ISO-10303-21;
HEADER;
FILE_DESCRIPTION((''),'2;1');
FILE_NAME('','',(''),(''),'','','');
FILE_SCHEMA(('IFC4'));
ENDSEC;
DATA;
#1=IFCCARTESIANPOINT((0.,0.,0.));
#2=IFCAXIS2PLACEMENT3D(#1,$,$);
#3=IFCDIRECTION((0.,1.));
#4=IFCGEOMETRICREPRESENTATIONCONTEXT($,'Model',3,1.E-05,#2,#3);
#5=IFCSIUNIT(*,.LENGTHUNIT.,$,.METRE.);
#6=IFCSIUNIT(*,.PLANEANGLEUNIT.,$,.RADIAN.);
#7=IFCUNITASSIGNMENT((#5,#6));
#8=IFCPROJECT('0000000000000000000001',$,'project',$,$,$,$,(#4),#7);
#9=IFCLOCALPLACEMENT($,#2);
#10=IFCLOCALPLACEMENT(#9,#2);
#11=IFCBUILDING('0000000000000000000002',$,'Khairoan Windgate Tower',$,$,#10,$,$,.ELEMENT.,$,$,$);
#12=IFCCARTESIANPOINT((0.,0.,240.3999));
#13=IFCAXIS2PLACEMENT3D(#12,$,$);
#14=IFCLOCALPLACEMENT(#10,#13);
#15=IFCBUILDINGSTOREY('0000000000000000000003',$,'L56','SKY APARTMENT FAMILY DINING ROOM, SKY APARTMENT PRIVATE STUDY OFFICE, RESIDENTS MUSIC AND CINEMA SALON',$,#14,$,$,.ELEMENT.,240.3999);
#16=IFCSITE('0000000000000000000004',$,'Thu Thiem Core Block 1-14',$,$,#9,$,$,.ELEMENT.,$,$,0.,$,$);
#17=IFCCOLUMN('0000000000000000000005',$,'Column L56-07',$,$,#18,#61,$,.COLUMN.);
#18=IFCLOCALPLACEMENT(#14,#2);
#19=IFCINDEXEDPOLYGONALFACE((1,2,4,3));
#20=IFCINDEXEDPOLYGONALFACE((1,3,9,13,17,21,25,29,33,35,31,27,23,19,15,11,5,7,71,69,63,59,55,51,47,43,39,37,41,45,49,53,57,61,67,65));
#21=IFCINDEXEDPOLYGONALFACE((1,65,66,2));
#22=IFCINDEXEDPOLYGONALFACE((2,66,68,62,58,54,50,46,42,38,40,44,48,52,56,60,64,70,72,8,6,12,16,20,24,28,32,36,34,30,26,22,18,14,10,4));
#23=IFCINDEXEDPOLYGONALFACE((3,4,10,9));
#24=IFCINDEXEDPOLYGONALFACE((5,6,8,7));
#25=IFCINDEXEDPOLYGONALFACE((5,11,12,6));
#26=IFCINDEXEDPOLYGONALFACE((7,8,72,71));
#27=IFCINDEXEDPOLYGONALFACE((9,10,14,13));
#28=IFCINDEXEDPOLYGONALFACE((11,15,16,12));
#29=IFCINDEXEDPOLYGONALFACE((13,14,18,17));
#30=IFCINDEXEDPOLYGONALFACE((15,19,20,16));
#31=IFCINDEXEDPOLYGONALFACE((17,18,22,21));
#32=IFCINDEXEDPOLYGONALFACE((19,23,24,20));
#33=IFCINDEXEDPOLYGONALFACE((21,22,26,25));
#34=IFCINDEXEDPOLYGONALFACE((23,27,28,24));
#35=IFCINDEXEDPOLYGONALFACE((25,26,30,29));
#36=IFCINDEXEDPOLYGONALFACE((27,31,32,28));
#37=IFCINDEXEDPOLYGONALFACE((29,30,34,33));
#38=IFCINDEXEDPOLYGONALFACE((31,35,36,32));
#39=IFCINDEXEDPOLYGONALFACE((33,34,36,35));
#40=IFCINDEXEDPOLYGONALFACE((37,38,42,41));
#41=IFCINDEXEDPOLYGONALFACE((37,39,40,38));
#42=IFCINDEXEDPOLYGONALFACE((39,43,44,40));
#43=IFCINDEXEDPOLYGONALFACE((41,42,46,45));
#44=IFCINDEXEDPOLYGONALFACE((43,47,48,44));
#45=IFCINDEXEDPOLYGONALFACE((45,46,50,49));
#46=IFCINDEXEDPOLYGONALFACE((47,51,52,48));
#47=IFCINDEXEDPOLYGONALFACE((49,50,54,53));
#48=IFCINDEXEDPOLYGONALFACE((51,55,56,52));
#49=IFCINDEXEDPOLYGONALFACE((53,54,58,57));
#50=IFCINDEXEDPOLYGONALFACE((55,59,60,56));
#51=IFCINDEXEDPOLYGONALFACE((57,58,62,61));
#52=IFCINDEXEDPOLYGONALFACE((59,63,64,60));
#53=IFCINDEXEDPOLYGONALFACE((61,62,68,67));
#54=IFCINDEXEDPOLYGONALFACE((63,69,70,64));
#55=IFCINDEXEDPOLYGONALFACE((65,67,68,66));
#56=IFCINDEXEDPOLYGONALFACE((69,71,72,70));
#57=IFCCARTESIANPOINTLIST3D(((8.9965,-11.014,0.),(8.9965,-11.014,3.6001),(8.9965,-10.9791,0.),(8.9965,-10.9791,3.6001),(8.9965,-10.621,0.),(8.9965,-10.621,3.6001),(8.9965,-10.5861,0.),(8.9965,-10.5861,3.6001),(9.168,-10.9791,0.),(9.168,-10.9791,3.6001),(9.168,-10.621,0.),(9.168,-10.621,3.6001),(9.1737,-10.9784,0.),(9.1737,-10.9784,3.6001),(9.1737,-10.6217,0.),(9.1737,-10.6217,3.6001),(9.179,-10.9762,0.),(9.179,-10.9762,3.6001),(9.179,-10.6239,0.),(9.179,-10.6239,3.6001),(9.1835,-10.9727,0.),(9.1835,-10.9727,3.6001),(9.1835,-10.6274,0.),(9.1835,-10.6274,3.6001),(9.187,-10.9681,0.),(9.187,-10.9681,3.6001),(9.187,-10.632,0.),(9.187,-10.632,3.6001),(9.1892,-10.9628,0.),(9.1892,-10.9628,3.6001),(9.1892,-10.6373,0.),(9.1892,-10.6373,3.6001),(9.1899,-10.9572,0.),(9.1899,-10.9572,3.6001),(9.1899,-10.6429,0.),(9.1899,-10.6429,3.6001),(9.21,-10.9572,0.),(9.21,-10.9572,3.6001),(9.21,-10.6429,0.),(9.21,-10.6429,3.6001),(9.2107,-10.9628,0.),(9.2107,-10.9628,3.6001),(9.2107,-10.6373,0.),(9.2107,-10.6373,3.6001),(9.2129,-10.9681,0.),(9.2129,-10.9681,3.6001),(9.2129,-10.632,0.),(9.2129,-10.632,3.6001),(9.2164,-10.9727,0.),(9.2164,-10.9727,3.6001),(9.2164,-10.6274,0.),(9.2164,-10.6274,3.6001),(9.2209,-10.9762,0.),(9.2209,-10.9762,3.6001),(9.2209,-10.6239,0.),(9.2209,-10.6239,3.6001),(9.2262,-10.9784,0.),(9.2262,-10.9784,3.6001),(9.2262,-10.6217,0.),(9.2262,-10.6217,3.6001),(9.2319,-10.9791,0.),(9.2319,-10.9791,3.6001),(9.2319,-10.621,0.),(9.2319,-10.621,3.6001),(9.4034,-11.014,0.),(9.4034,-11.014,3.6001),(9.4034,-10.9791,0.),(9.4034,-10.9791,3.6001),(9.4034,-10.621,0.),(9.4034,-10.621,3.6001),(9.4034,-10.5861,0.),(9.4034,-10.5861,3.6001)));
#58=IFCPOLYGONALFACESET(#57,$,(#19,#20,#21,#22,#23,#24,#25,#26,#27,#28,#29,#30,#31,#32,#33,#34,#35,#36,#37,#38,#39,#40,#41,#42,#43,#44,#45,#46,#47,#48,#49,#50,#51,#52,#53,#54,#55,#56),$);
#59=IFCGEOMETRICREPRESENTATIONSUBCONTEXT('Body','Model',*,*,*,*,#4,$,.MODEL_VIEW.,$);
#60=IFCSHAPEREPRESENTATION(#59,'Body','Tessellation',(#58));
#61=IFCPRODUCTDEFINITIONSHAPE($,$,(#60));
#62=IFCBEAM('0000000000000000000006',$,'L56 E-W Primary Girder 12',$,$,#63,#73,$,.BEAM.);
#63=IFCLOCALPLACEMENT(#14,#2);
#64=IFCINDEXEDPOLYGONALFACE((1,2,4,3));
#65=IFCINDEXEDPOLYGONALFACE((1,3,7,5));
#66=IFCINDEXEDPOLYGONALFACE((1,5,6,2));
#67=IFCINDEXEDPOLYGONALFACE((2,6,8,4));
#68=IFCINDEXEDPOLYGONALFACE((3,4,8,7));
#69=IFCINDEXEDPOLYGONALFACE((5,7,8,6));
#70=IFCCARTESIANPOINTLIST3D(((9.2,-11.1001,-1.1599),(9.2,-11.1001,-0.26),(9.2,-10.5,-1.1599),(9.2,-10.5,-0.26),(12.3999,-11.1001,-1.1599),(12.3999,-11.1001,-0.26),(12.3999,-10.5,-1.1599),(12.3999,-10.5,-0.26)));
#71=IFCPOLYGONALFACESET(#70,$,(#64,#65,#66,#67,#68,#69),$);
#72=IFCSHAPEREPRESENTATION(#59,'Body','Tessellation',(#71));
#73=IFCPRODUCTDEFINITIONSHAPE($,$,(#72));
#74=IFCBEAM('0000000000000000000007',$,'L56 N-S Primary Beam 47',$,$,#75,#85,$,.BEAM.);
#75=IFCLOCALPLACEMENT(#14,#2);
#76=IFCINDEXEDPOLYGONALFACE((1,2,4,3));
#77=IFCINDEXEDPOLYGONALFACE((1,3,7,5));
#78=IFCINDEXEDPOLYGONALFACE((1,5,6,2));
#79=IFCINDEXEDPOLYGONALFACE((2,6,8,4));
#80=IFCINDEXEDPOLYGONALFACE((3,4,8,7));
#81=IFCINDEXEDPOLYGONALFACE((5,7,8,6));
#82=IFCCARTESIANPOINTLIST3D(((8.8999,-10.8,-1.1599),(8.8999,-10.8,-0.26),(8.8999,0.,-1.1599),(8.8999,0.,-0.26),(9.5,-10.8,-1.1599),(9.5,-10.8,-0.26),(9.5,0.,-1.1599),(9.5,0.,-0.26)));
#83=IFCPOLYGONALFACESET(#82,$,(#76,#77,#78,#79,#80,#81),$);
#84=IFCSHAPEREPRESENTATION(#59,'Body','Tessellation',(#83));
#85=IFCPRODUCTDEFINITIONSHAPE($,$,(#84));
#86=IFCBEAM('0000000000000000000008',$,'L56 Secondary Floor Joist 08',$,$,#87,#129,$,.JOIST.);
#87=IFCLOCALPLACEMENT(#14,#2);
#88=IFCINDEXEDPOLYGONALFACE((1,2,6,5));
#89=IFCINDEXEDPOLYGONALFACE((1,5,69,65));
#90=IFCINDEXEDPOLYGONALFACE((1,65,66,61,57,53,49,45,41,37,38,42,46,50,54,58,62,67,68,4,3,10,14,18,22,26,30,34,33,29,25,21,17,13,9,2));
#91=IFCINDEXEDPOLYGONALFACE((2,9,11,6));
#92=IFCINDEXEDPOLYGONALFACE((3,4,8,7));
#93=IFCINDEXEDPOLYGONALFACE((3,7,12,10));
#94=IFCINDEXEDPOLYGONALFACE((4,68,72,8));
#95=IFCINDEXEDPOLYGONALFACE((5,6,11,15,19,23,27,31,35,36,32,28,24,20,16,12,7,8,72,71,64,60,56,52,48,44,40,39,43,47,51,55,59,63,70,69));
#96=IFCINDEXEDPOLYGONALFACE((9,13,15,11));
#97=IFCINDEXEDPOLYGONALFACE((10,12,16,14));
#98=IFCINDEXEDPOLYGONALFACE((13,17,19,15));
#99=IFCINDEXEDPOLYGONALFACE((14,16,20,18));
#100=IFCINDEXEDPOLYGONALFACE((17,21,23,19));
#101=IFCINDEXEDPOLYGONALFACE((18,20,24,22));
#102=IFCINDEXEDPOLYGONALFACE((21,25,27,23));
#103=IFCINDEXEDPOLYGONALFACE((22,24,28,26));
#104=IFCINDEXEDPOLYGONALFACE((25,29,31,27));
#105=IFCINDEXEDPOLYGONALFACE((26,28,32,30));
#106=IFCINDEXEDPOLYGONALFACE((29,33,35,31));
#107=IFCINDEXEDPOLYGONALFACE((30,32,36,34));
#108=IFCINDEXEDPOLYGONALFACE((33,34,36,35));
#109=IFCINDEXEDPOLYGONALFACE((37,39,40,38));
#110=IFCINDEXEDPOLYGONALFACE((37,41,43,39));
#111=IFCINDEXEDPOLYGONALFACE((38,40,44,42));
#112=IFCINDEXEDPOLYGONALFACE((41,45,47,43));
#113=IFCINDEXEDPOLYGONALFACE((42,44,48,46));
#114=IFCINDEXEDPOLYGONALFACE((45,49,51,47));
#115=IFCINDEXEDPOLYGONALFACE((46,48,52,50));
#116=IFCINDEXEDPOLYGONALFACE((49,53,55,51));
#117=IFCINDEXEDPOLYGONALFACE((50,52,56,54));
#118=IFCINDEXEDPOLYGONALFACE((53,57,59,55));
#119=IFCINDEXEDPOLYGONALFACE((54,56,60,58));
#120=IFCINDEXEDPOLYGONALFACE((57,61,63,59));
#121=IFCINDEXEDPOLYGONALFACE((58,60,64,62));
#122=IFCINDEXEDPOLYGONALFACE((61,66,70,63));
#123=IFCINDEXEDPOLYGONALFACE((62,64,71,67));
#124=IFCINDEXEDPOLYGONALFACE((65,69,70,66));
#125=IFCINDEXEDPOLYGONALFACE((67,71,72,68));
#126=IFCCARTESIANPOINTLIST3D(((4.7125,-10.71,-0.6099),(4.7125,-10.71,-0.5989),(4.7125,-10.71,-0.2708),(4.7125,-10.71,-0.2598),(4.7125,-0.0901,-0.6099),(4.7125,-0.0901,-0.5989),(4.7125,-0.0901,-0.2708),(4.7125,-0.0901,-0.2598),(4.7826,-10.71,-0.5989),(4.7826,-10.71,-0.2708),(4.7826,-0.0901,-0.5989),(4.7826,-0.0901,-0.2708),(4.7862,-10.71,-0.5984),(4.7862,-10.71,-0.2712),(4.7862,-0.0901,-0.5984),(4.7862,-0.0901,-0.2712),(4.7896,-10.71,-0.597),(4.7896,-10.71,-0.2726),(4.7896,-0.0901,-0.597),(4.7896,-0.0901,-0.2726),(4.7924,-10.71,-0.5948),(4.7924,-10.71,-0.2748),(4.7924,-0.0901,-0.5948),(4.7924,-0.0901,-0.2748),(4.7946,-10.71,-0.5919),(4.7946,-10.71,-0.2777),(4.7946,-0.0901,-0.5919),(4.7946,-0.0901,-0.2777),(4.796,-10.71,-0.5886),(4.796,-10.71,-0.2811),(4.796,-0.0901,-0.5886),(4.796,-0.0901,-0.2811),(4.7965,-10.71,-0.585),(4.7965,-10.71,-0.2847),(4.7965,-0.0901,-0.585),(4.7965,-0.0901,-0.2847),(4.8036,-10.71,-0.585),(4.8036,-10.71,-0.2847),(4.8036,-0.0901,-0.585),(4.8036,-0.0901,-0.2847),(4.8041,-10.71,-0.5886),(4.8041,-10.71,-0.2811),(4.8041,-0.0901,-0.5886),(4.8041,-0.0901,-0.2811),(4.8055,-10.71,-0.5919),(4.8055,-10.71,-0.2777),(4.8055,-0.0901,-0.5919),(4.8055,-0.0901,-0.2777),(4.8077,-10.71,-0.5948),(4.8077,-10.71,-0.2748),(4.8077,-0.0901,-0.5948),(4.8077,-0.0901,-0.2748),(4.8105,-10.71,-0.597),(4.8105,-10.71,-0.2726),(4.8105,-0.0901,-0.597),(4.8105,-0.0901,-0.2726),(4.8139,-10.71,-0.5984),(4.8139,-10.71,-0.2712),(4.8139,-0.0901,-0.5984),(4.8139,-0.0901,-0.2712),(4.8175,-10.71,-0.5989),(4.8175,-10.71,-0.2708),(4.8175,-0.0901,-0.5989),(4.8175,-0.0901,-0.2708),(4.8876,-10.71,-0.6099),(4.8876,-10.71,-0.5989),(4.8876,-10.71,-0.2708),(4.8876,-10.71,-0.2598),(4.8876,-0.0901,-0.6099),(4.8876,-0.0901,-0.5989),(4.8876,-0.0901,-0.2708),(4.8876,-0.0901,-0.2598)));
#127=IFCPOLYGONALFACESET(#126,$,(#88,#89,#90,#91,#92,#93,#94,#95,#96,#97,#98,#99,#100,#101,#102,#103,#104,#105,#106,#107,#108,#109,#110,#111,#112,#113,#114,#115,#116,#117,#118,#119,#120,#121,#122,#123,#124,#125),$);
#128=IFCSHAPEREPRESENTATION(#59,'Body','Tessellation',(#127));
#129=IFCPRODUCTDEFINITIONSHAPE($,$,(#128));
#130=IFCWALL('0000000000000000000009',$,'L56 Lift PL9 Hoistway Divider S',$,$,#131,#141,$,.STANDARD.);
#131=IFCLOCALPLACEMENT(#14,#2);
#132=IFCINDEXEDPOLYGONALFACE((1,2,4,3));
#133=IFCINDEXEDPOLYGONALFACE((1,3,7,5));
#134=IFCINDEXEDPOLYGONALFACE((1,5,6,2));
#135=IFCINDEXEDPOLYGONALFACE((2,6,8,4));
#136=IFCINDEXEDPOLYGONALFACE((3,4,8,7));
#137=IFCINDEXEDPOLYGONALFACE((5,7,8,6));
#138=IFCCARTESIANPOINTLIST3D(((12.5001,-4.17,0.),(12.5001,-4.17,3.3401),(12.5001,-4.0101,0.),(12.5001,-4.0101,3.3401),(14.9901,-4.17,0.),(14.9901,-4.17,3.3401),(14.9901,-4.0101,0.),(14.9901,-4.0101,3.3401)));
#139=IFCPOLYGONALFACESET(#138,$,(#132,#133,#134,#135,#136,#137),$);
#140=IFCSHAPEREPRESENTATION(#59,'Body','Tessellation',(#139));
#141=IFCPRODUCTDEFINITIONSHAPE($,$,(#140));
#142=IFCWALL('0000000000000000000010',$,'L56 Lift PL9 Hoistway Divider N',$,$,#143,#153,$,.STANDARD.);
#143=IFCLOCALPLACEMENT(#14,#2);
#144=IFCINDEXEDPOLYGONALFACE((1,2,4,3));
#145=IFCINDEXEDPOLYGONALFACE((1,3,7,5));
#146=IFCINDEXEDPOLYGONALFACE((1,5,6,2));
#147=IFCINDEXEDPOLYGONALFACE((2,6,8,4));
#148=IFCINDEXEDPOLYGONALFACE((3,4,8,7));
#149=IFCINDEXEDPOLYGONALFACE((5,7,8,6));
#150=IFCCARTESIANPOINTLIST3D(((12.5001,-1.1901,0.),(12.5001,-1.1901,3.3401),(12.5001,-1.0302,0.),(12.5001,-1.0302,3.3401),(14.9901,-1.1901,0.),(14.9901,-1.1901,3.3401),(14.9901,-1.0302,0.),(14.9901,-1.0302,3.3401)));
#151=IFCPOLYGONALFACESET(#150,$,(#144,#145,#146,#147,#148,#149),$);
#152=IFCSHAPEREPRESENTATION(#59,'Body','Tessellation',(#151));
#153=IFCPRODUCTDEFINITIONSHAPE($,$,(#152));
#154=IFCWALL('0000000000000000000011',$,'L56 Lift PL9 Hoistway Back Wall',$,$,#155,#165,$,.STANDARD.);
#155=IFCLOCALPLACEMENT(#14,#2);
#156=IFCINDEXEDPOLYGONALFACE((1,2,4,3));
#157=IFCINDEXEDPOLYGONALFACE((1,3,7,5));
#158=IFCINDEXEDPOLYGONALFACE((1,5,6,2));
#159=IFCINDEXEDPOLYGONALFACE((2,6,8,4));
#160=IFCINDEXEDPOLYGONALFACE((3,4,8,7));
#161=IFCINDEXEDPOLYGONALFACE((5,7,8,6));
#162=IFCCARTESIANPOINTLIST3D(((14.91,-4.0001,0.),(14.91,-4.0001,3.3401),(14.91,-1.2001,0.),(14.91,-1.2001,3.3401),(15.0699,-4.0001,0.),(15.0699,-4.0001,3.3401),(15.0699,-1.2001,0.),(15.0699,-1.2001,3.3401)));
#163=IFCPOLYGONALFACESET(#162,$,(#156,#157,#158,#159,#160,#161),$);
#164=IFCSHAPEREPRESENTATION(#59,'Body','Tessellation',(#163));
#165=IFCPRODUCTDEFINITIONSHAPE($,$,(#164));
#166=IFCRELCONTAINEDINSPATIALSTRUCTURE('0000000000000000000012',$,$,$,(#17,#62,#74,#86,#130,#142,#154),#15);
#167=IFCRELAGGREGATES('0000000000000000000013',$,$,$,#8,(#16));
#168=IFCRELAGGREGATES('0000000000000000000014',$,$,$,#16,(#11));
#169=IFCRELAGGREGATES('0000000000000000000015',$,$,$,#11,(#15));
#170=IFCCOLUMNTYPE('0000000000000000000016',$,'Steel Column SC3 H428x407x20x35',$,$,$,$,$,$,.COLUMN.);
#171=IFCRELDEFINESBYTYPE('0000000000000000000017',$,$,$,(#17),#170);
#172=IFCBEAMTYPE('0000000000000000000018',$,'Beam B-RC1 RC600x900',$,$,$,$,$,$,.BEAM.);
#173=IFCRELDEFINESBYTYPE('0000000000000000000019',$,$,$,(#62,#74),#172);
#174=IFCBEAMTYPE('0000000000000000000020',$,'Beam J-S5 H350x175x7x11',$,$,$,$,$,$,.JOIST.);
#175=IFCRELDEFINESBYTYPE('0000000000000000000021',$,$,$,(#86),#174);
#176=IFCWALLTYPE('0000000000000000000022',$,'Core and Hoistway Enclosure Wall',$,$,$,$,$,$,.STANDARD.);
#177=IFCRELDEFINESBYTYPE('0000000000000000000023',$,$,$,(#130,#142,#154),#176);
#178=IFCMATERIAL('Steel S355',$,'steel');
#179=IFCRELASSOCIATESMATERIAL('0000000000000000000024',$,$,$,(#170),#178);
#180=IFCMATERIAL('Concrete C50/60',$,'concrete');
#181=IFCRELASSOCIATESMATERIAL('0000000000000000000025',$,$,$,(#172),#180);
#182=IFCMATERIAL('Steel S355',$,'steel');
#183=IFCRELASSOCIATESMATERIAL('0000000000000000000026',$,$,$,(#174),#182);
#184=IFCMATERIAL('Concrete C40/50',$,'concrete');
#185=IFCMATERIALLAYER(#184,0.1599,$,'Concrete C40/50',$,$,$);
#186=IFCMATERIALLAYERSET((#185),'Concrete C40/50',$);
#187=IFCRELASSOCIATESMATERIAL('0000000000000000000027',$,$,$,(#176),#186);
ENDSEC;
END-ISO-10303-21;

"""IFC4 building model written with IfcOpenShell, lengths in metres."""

from ifc_helpers import new_model, si_unit, direction, frame, frame_2d, origin, origin_2d, place, context, subcontext, project, spatial, rectangle, i_section, extrude, material, layer, layer_set, material_profile, profile_set, type_object, element, save


model = new_model("IFC4")

# Units and contexts
model_context = context("Model", 3, precision=1e-05, world=origin(), true_north=direction((0.0, 1.0)))
body_context = subcontext(model_context, "Body", "Model", "MODEL_VIEW")
ifc_project = project(units=[si_unit("LENGTHUNIT", "METRE"), si_unit("PLANEANGLEUNIT", "RADIAN")], contexts=[model_context])

# Site, building, storey
site_placement = place(None, origin())
site = spatial("IfcSite", under=ifc_project, at=site_placement, Name="Thu Thiem Core Block 1-14", CompositionType="ELEMENT", RefElevation=0.0)
building_placement = place(site_placement, origin())
building = spatial("IfcBuilding", under=site, at=building_placement, Name="Khairoan Windgate Tower", CompositionType="ELEMENT")
storey_placement = place(building_placement, frame((0.0, 0.0, 240.3999)))
storey = spatial("IfcBuildingStorey", under=building, at=storey_placement, Name="L56", Description="SKY APARTMENT FAMILY DINING ROOM, SKY APARTMENT PRIVATE STUDY OFFICE, RESIDENTS MUSIC AND CINEMA SALON", CompositionType="ELEMENT", Elevation=240.3999)

# Column
ifc_material_1 = material(Name="Steel S355", Category="steel")
ifc_material_profile_1 = material_profile(ifc_material_1, i_section(OverallWidth=0.407, OverallDepth=0.428, WebThickness=0.02, FlangeThickness=0.0349, FilletRadius=0.022, at=origin_2d()))
ifc_profile_set_1 = profile_set([ifc_material_profile_1], Name="Steel S355")
column_type = type_object("IfcColumnType", Name="Steel Column SC3 H428x407x20x35", PredefinedType="COLUMN", material=ifc_profile_set_1)
column_placement = place(storey_placement, frame((9.2, -10.8, 0.0), z_axis=(0.0, 0.0, 1.0), x_axis=(1.0, 0.0, 0.0)))
element("IfcColumn", 1, at=column_placement, inside=storey, type_object=column_type, Name="Column L56-07", PredefinedType="COLUMN", context=body_context, shape_type="SweptSolid", body=[
    extrude(i_section(OverallWidth=0.407, OverallDepth=0.428, WebThickness=0.02, FlangeThickness=0.0349, FilletRadius=0.022, at=origin_2d()), origin(), (0.0, 0.0, 1.0), 3.6001),
])

# Beams
ifc_material_2 = material(Name="Concrete C50/60", Category="concrete")
ifc_material_profile_2 = material_profile(ifc_material_2, rectangle(XDim=0.6001, YDim=0.8999, at=origin_2d()))
ifc_profile_set_2 = profile_set([ifc_material_profile_2], Name="Concrete C50/60")
beam_type_1 = type_object("IfcBeamType", Name="Beam B-RC1 RC600x900", PredefinedType="BEAM", material=ifc_profile_set_2)
beam_1_placement = place(storey_placement, frame((9.2, -10.8, -0.71), z_axis=(1.0, 0.0, 0.0), x_axis=(0.0, 1.0, 0.0)))
element("IfcBeam", 2, at=beam_1_placement, inside=storey, type_object=beam_type_1, Name="L56 E-W Primary Girder 12", PredefinedType="BEAM", context=body_context, shape_type="SweptSolid", body=[
    extrude(rectangle(XDim=0.6001, YDim=0.8999, at=origin_2d()), origin(), (0.0, 0.0, 1.0), 3.2),
])
beam_2_placement = place(storey_placement, frame((9.2, -10.8, -0.71), z_axis=(0.0, 1.0, 0.0), x_axis=(-1.0, 0.0, 0.0)))
element("IfcBeam", 3, at=beam_2_placement, inside=storey, type_object=beam_type_1, Name="L56 N-S Primary Beam 47", PredefinedType="BEAM", context=body_context, shape_type="SweptSolid", body=[
    extrude(rectangle(XDim=0.6001, YDim=0.8999, at=origin_2d()), origin(), (0.0, 0.0, 1.0), 10.8),
])
ifc_material_3 = material(Name="Steel S355", Category="steel")
ifc_material_profile_3 = material_profile(ifc_material_3, i_section(OverallWidth=0.175, OverallDepth=0.3501, WebThickness=0.0071, FlangeThickness=0.011, FilletRadius=0.0139, at=origin_2d()))
ifc_profile_set_3 = profile_set([ifc_material_profile_3], Name="Steel S355")
beam_type_2 = type_object("IfcBeamType", Name="Beam J-S5 H350x175x7x11", PredefinedType="JOIST", material=ifc_profile_set_3)
beam_3_placement = place(storey_placement, frame((4.8, -10.71, -0.4348), z_axis=(0.0, 1.0, 0.0), x_axis=(-1.0, 0.0, 0.0)))
element("IfcBeam", 4, at=beam_3_placement, inside=storey, type_object=beam_type_2, Name="L56 Secondary Floor Joist 08", PredefinedType="JOIST", context=body_context, shape_type="SweptSolid", body=[
    extrude(i_section(OverallWidth=0.175, OverallDepth=0.3501, WebThickness=0.0071, FlangeThickness=0.011, FilletRadius=0.0139, at=origin_2d()), origin(), (0.0, 0.0, 1.0), 10.6199),
])

# Walls
ifc_material_4 = material(Name="Concrete C40/50", Category="concrete")
ifc_layer_1 = layer(ifc_material_4, 0.1599, Name="Concrete C40/50")
ifc_layer_set_1 = layer_set([ifc_layer_1], Name="Concrete C40/50")
wall_type_1 = type_object("IfcWallType", Name="Core and Hoistway Enclosure Wall", PredefinedType="STANDARD", material=ifc_layer_set_1)
for number, where, z_axis, x_axis, name in (
    (5, (12.5, -4.0901, 0.0), (0.0, 0.0, 1.0), (1.0, 0.0, 0.0), "L56 Lift PL9 Hoistway Divider S"),
    (6, (12.5, -1.1101, 0.0), (0.0, 0.0, 1.0), (1.0, 0.0, 0.0), "L56 Lift PL9 Hoistway Divider N"),
):
    element("IfcWall", number, at=place(storey_placement, frame(where, z_axis=z_axis, x_axis=x_axis)), inside=storey, type_object=wall_type_1, Name=name, PredefinedType="STANDARD", context=body_context, shape_type="SweptSolid", body=[
        extrude(rectangle(XDim=2.49, YDim=0.1599, at=frame_2d((1.2451, 0.0))), origin(), (0.0, 0.0, 1.0), 3.3401),
    ])
wall_1_placement = place(storey_placement, frame((14.99, -4.0, 0.0), z_axis=(0.0, 0.0, 1.0), x_axis=(0.0, 1.0, 0.0)))
element("IfcWall", 7, at=wall_1_placement, inside=storey, type_object=wall_type_1, Name="L56 Lift PL9 Hoistway Back Wall", PredefinedType="STANDARD", context=body_context, shape_type="SweptSolid", body=[
    extrude(rectangle(XDim=2.8, YDim=0.1599, at=frame_2d((1.3999, 0.0))), origin(), (0.0, 0.0, 1.0), 3.3401),
])

save(model, "model.ifc")
